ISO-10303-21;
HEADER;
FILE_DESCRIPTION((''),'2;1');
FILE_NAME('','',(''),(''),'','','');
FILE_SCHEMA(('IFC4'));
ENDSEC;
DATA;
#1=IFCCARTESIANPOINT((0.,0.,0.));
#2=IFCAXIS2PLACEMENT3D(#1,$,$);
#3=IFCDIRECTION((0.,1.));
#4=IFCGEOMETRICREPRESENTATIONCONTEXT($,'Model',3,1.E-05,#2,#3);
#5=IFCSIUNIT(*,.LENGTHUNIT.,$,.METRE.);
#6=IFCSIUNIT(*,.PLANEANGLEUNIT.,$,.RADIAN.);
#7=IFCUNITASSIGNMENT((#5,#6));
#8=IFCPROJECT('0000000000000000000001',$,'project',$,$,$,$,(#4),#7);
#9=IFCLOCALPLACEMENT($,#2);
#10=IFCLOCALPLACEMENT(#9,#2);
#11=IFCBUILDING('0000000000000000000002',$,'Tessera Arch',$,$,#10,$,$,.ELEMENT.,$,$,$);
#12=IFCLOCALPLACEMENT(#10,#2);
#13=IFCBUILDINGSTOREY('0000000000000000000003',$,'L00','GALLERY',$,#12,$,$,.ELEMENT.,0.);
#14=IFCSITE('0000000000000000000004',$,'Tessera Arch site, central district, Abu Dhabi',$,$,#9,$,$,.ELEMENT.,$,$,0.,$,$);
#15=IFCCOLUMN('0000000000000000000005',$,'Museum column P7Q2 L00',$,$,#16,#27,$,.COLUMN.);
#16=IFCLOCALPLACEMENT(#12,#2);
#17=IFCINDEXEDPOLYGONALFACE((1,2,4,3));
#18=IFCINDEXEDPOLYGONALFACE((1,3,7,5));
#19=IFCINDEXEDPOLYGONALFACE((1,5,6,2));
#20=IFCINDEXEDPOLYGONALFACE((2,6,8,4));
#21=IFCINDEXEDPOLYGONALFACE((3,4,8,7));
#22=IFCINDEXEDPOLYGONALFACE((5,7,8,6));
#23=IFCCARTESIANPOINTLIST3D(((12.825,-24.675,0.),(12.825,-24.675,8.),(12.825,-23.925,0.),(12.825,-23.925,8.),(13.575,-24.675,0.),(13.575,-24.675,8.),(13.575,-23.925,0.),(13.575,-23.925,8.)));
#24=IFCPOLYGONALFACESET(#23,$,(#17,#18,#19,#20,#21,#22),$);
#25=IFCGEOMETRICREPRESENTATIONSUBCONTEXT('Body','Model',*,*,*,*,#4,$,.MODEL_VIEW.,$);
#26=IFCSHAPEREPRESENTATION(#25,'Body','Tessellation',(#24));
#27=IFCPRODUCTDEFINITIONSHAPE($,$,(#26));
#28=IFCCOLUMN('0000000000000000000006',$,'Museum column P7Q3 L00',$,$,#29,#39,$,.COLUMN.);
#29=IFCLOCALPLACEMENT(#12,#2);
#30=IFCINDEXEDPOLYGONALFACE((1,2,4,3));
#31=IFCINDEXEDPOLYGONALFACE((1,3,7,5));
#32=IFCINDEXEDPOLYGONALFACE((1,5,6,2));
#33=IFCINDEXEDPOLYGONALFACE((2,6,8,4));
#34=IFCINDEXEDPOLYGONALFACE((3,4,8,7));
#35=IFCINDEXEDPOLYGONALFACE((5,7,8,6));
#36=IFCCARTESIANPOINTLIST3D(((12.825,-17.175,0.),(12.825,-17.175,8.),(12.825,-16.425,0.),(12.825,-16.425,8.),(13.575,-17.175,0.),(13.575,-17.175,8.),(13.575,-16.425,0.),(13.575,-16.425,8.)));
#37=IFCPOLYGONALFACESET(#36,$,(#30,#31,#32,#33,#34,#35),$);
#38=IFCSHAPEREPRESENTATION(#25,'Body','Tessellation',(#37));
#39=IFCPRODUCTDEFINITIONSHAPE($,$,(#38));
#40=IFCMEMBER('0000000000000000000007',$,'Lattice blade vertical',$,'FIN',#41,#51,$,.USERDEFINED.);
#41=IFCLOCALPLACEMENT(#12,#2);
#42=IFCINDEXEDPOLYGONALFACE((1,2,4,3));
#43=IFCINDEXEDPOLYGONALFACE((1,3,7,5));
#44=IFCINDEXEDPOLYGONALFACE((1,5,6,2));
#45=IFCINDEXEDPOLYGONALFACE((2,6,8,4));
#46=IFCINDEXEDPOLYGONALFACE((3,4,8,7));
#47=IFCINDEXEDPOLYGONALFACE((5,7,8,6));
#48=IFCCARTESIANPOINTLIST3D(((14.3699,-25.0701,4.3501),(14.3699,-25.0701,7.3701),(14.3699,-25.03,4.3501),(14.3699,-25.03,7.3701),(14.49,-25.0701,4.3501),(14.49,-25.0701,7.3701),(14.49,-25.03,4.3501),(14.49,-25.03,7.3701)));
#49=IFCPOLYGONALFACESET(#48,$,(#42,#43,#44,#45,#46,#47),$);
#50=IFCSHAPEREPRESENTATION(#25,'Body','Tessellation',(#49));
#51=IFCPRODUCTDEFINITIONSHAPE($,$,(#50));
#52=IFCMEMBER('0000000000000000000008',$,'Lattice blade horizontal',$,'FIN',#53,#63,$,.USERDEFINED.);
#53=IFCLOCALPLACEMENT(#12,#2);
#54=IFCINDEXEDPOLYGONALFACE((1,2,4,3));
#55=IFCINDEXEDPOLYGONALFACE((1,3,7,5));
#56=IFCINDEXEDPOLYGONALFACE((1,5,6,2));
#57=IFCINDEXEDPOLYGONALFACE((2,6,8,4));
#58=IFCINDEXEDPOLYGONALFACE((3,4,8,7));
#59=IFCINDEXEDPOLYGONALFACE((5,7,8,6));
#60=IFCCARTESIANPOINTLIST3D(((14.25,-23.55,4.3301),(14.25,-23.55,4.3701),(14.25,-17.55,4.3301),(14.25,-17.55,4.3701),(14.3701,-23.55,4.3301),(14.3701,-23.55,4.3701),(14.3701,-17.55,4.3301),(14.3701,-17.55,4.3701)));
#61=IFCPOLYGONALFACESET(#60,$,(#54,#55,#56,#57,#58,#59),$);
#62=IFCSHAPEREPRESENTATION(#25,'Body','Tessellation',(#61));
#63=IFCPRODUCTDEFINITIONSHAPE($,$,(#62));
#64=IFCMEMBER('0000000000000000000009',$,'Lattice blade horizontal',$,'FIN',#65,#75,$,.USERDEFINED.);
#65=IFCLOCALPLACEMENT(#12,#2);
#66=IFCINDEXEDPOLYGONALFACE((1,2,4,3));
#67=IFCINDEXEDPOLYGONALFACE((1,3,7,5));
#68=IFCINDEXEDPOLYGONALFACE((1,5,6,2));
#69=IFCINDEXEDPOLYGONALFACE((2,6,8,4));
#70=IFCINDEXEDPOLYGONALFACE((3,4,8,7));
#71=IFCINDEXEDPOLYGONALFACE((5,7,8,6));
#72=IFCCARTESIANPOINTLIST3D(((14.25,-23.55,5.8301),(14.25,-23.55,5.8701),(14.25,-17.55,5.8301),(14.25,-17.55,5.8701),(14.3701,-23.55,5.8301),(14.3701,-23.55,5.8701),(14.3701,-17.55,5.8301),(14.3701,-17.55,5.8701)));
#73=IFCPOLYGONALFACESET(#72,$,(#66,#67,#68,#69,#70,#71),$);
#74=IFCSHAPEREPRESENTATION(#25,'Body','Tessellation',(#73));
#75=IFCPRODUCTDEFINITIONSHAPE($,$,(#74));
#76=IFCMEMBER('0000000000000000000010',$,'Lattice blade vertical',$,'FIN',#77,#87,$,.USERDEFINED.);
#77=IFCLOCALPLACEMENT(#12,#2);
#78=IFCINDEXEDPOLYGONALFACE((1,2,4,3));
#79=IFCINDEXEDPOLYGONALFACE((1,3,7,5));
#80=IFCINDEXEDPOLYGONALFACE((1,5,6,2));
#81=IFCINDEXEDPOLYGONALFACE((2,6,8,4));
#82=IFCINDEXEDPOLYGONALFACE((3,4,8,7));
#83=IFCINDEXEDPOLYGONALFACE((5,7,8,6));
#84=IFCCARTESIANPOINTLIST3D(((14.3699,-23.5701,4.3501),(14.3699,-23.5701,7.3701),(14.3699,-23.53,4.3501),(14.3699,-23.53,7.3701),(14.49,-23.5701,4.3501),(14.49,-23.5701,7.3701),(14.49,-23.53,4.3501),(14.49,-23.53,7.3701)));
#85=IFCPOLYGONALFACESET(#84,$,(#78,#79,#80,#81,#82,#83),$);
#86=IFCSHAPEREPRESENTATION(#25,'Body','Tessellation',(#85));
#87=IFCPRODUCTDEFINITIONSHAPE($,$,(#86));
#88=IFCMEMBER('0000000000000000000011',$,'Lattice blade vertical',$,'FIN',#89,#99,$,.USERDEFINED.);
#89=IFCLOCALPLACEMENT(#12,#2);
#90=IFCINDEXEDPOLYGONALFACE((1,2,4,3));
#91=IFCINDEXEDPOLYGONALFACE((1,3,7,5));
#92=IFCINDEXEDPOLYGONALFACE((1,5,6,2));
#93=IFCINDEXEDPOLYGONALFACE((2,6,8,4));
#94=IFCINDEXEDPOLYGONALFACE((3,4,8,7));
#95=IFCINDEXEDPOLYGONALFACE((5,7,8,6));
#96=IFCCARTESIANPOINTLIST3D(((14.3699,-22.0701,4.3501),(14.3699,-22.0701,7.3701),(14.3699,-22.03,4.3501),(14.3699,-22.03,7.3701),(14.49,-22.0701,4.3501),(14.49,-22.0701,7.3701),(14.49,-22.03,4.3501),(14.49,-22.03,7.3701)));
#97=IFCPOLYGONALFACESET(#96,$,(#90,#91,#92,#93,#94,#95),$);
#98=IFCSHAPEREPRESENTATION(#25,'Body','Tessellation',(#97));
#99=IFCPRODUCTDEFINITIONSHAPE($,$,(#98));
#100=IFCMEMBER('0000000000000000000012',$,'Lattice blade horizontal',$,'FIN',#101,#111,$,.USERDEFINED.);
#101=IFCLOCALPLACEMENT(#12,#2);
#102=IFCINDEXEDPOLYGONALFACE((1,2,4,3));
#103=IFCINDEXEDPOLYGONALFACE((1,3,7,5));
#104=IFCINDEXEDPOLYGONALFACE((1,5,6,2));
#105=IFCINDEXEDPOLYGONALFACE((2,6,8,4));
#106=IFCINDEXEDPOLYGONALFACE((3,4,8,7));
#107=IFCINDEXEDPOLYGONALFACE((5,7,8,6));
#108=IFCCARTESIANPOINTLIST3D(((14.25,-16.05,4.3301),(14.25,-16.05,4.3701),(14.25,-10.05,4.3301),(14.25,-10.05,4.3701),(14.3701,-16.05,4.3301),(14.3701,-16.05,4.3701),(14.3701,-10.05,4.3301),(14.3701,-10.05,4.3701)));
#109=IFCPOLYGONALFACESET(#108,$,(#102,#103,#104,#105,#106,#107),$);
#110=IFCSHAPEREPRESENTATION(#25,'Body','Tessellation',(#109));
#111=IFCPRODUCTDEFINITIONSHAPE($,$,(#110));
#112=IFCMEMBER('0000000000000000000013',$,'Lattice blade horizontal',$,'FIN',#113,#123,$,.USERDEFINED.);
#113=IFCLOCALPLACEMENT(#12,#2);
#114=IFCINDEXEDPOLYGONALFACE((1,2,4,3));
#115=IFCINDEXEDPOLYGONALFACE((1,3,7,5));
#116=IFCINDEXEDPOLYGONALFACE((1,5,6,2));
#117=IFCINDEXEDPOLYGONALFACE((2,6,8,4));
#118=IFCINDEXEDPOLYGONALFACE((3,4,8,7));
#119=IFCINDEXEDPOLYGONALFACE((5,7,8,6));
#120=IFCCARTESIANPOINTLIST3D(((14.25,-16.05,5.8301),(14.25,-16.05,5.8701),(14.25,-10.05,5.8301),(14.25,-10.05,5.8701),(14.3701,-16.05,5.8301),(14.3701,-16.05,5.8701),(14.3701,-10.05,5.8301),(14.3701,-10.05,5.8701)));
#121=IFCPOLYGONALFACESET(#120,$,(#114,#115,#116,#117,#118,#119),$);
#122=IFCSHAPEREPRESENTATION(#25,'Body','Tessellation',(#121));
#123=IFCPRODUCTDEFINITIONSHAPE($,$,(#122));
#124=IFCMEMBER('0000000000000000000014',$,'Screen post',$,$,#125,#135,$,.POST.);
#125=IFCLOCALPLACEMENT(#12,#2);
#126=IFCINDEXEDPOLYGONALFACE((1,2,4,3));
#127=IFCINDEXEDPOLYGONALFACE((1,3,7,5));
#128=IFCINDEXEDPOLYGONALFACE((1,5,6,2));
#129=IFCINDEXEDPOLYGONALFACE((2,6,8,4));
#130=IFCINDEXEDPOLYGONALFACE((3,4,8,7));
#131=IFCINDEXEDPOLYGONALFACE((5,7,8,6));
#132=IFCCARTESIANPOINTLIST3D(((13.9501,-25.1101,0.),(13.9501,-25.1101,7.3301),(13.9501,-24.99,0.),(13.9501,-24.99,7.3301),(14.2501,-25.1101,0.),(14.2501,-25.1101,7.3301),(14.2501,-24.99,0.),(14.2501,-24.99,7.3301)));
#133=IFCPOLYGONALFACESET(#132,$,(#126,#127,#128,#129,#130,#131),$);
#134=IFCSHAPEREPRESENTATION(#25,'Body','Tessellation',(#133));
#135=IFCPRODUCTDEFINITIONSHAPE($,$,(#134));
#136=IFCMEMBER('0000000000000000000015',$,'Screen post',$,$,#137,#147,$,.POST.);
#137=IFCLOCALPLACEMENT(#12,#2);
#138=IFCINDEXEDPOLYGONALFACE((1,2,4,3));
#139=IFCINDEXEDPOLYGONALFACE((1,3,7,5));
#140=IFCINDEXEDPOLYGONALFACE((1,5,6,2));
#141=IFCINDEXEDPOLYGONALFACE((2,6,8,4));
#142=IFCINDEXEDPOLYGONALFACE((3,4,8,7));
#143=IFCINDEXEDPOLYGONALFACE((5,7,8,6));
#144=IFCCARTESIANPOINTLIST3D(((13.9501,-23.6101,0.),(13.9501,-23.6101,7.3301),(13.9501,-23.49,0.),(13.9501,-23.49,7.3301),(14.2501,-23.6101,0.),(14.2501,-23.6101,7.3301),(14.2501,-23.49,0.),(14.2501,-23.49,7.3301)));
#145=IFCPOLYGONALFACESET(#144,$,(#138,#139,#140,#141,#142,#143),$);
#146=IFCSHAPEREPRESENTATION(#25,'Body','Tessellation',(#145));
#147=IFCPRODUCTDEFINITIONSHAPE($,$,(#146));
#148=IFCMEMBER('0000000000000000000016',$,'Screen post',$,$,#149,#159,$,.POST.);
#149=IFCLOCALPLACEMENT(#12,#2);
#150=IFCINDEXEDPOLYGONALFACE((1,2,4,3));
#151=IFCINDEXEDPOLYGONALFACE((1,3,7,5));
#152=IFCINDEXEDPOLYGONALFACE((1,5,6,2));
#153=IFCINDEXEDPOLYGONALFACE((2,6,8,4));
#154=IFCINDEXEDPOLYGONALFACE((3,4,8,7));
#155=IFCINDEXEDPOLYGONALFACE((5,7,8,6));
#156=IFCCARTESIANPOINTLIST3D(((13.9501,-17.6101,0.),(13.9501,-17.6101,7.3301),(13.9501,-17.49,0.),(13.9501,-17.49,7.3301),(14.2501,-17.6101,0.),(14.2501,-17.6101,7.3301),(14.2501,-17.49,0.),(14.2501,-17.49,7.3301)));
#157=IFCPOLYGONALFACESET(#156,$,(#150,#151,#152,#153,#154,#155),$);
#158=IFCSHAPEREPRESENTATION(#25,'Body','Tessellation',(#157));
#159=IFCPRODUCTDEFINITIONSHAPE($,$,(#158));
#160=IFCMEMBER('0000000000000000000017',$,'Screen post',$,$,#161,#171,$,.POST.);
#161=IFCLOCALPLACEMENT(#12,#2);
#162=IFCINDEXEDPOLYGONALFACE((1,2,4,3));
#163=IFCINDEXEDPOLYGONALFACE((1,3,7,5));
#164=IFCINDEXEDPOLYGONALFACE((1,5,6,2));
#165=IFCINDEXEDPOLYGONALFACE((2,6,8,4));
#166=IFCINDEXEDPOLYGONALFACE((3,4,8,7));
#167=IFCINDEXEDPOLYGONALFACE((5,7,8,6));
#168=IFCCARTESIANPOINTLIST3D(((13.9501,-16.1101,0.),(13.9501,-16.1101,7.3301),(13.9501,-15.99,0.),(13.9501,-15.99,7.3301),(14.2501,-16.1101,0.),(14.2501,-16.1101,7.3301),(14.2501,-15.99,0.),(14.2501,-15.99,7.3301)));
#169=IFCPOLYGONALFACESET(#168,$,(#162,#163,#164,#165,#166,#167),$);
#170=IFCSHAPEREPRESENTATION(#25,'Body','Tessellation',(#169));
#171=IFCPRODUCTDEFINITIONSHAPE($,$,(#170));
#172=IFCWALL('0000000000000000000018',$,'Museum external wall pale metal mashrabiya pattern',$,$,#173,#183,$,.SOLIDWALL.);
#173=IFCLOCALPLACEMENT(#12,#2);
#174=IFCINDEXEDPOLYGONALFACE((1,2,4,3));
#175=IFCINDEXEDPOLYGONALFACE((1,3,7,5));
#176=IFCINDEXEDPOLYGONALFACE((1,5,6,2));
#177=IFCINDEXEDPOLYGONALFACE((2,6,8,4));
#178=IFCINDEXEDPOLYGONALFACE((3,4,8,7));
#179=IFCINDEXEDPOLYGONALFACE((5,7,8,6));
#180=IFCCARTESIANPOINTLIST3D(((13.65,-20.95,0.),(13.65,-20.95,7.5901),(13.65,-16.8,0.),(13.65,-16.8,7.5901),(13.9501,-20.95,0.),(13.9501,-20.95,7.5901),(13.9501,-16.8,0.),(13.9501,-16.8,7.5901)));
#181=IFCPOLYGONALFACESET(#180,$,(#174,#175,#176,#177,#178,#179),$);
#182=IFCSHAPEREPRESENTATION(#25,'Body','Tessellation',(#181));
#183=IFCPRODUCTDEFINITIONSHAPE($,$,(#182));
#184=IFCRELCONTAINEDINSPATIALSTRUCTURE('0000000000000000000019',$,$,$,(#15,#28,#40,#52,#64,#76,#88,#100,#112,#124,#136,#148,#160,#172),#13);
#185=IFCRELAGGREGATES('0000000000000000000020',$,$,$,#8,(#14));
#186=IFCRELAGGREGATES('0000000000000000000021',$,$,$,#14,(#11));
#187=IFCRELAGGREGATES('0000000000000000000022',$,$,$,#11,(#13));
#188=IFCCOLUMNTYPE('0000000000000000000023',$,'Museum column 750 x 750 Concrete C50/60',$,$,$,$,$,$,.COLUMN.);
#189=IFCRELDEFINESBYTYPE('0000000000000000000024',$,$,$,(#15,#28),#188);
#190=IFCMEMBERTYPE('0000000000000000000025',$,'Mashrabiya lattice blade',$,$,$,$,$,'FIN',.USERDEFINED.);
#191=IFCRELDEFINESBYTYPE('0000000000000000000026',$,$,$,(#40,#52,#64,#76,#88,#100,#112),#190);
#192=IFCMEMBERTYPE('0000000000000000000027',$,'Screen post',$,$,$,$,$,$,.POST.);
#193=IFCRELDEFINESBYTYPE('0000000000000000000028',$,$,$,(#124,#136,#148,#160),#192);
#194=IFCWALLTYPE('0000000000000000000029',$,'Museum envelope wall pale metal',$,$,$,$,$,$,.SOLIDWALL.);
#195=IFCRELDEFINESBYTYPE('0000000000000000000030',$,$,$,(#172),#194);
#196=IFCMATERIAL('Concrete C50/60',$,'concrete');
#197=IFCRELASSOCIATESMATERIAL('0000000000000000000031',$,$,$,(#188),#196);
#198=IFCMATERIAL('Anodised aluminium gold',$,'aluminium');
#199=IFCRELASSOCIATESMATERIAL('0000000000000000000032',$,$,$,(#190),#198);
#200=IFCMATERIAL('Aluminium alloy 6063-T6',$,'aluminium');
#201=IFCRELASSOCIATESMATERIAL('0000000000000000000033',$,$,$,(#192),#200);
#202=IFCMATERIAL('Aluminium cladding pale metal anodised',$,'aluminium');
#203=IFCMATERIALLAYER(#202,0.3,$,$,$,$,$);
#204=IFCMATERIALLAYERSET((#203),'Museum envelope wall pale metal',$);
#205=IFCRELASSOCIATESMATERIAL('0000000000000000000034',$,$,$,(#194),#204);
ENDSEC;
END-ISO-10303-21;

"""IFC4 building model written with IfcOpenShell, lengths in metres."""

from ifc_helpers import new_model, si_unit, direction, frame, frame_2d, origin, origin_2d, place, context, subcontext, project, spatial, rectangle, extrude, material, layer, layer_set, material_profile, profile_set, type_object, element, save


model = new_model("IFC4")

# Units and contexts
model_context = context("Model", 3, precision=1e-05, world=origin(), true_north=direction((0.0, 1.0)))
body_context = subcontext(model_context, "Body", "Model", "MODEL_VIEW")
ifc_project = project(units=[si_unit("LENGTHUNIT", "METRE"), si_unit("PLANEANGLEUNIT", "RADIAN")], contexts=[model_context])

# Site, building, storey
site_placement = place(None, origin())
site = spatial("IfcSite", under=ifc_project, at=site_placement, Name="Tessera Arch site, central district, Abu Dhabi", CompositionType="ELEMENT", RefElevation=0.0)
building_placement = place(site_placement, origin())
building = spatial("IfcBuilding", under=site, at=building_placement, Name="Tessera Arch", CompositionType="ELEMENT")
storey_placement = place(building_placement, origin())
storey = spatial("IfcBuildingStorey", under=building, at=storey_placement, Name="L00", Description="GALLERY", CompositionType="ELEMENT", Elevation=0.0)

# Columns
ifc_material_1 = material(Name="Concrete C50/60", Category="concrete")
ifc_material_profile_1 = material_profile(ifc_material_1, rectangle(XDim=0.75, YDim=0.75, at=origin_2d()), Name="Museum column 750 x 750 Concrete C50/60")
ifc_profile_set_1 = profile_set([ifc_material_profile_1], Name="Concrete C50/60")
column_type = type_object("IfcColumnType", Name="Museum column 750 x 750 Concrete C50/60", PredefinedType="COLUMN", material=ifc_profile_set_1)
for number, where, z_axis, x_axis, name in (
    (1, (13.2, -24.3, 0.0), (0.0, 0.0, 1.0), (1.0, 0.0, 0.0), "Museum column P7Q2 L00"),
    (2, (13.2, -16.8, 0.0), (0.0, 0.0, 1.0), (1.0, 0.0, 0.0), "Museum column P7Q3 L00"),
):
    element("IfcColumn", number, at=place(storey_placement, frame(where, z_axis=z_axis, x_axis=x_axis)), inside=storey, type_object=column_type, Name=name, PredefinedType="COLUMN", context=body_context, shape_type="SweptSolid", body=[
        extrude(rectangle(XDim=0.75, YDim=0.75, at=origin_2d()), origin(), (0.0, 0.0, 1.0), 8.0),
    ])

# Members
ifc_material_2 = material(Name="Anodised aluminium gold", Category="aluminium")
ifc_material_profile_2 = material_profile(ifc_material_2, rectangle(XDim=0.1201, YDim=0.04, at=origin_2d()), Name="AL 40x120")
ifc_profile_set_2 = profile_set([ifc_material_profile_2], Name="Anodised aluminium gold")
member_type_1 = type_object("IfcMemberType", Name="Mashrabiya lattice blade", ElementType="FIN", PredefinedType="USERDEFINED", material=ifc_profile_set_2)
member_placement = place(storey_placement, frame((14.4299, -25.05, 4.3501), z_axis=(0.0, 0.0, 1.0), x_axis=(1.0, 0.0, 0.0)))
element("IfcMember", 3, at=member_placement, inside=storey, type_object=member_type_1, Name="Lattice blade vertical", ObjectType="FIN", PredefinedType="USERDEFINED", context=body_context, shape_type="SweptSolid", body=[
    extrude(rectangle(XDim=0.1201, YDim=0.04, at=origin_2d()), origin(), (0.0, 0.0, 1.0), 3.02),
])
for number, where, z_axis, x_axis, name in (
    (4, (14.3101, -23.55, 4.3501), (0.0, 1.0, 0.0), (-1.0, 0.0, 0.0), "Lattice blade horizontal"),
    (5, (14.3101, -23.55, 5.8501), (0.0, 1.0, 0.0), (-1.0, 0.0, 0.0), "Lattice blade horizontal"),
):
    element("IfcMember", number, at=place(storey_placement, frame(where, z_axis=z_axis, x_axis=x_axis)), inside=storey, type_object=member_type_1, Name=name, ObjectType="FIN", PredefinedType="USERDEFINED", context=body_context, shape_type="SweptSolid", body=[
        extrude(rectangle(XDim=0.1201, YDim=0.04, at=origin_2d()), origin(), (0.0, 0.0, 1.0), 6.0),
    ])
for number, where, z_axis, x_axis, name in (
    (6, (14.4299, -23.55, 4.3501), (0.0, 0.0, 1.0), (1.0, 0.0, 0.0), "Lattice blade vertical"),
    (7, (14.4299, -22.05, 4.3501), (0.0, 0.0, 1.0), (1.0, 0.0, 0.0), "Lattice blade vertical"),
):
    element("IfcMember", number, at=place(storey_placement, frame(where, z_axis=z_axis, x_axis=x_axis)), inside=storey, type_object=member_type_1, Name=name, ObjectType="FIN", PredefinedType="USERDEFINED", context=body_context, shape_type="SweptSolid", body=[
        extrude(rectangle(XDim=0.1201, YDim=0.04, at=origin_2d()), origin(), (0.0, 0.0, 1.0), 3.02),
    ])
for number, where, z_axis, x_axis, name in (
    (8, (14.3101, -16.05, 4.3501), (0.0, 1.0, 0.0), (-1.0, 0.0, 0.0), "Lattice blade horizontal"),
    (9, (14.3101, -16.05, 5.8501), (0.0, 1.0, 0.0), (-1.0, 0.0, 0.0), "Lattice blade horizontal"),
):
    element("IfcMember", number, at=place(storey_placement, frame(where, z_axis=z_axis, x_axis=x_axis)), inside=storey, type_object=member_type_1, Name=name, ObjectType="FIN", PredefinedType="USERDEFINED", context=body_context, shape_type="SweptSolid", body=[
        extrude(rectangle(XDim=0.1201, YDim=0.04, at=origin_2d()), origin(), (0.0, 0.0, 1.0), 6.0),
    ])
ifc_material_3 = material(Name="Aluminium alloy 6063-T6", Category="aluminium")
ifc_material_profile_3 = material_profile(ifc_material_3, rectangle(XDim=0.3, YDim=0.1201, at=origin_2d()), Name="AL 120x300")
ifc_profile_set_3 = profile_set([ifc_material_profile_3], Name="Aluminium alloy 6063-T6")
member_type_2 = type_object("IfcMemberType", Name="Screen post", PredefinedType="POST", material=ifc_profile_set_3)
for number, where, z_axis, x_axis, name in (
    (10, (14.1001, -25.05, 0.0), (0.0, 0.0, 1.0), (1.0, 0.0, 0.0), "Screen post"),
    (11, (14.1001, -23.55, 0.0), (0.0, 0.0, 1.0), (1.0, 0.0, 0.0), "Screen post"),
    (12, (14.1001, -17.55, 0.0), (0.0, 0.0, 1.0), (1.0, 0.0, 0.0), "Screen post"),
    (13, (14.1001, -16.05, 0.0), (0.0, 0.0, 1.0), (1.0, 0.0, 0.0), "Screen post"),
):
    element("IfcMember", number, at=place(storey_placement, frame(where, z_axis=z_axis, x_axis=x_axis)), inside=storey, type_object=member_type_2, Name=name, PredefinedType="POST", context=body_context, shape_type="SweptSolid", body=[
        extrude(rectangle(XDim=0.3, YDim=0.1201, at=origin_2d()), origin(), (0.0, 0.0, 1.0), 7.3301),
    ])

# Wall
ifc_material_4 = material(Name="Aluminium cladding pale metal anodised", Category="aluminium")
ifc_layer_1 = layer(ifc_material_4, 0.3)
ifc_layer_set_1 = layer_set([ifc_layer_1], Name="Museum envelope wall pale metal")
wall_type_1 = type_object("IfcWallType", Name="Museum envelope wall pale metal", PredefinedType="SOLIDWALL", material=ifc_layer_set_1)
wall_1_placement = place(storey_placement, frame((13.8, -20.95, 0.0), z_axis=(0.0, 0.0, 1.0), x_axis=(0.0, 1.0, 0.0)))
element("IfcWall", 14, at=wall_1_placement, inside=storey, type_object=wall_type_1, Name="Museum external wall pale metal mashrabiya pattern", PredefinedType="SOLIDWALL", context=body_context, shape_type="SweptSolid", body=[
    extrude(rectangle(XDim=4.1499, YDim=0.3, at=frame_2d((2.075, 0.0))), origin(), (0.0, 0.0, 1.0), 7.5901),
])

save(model, "model.ifc")
